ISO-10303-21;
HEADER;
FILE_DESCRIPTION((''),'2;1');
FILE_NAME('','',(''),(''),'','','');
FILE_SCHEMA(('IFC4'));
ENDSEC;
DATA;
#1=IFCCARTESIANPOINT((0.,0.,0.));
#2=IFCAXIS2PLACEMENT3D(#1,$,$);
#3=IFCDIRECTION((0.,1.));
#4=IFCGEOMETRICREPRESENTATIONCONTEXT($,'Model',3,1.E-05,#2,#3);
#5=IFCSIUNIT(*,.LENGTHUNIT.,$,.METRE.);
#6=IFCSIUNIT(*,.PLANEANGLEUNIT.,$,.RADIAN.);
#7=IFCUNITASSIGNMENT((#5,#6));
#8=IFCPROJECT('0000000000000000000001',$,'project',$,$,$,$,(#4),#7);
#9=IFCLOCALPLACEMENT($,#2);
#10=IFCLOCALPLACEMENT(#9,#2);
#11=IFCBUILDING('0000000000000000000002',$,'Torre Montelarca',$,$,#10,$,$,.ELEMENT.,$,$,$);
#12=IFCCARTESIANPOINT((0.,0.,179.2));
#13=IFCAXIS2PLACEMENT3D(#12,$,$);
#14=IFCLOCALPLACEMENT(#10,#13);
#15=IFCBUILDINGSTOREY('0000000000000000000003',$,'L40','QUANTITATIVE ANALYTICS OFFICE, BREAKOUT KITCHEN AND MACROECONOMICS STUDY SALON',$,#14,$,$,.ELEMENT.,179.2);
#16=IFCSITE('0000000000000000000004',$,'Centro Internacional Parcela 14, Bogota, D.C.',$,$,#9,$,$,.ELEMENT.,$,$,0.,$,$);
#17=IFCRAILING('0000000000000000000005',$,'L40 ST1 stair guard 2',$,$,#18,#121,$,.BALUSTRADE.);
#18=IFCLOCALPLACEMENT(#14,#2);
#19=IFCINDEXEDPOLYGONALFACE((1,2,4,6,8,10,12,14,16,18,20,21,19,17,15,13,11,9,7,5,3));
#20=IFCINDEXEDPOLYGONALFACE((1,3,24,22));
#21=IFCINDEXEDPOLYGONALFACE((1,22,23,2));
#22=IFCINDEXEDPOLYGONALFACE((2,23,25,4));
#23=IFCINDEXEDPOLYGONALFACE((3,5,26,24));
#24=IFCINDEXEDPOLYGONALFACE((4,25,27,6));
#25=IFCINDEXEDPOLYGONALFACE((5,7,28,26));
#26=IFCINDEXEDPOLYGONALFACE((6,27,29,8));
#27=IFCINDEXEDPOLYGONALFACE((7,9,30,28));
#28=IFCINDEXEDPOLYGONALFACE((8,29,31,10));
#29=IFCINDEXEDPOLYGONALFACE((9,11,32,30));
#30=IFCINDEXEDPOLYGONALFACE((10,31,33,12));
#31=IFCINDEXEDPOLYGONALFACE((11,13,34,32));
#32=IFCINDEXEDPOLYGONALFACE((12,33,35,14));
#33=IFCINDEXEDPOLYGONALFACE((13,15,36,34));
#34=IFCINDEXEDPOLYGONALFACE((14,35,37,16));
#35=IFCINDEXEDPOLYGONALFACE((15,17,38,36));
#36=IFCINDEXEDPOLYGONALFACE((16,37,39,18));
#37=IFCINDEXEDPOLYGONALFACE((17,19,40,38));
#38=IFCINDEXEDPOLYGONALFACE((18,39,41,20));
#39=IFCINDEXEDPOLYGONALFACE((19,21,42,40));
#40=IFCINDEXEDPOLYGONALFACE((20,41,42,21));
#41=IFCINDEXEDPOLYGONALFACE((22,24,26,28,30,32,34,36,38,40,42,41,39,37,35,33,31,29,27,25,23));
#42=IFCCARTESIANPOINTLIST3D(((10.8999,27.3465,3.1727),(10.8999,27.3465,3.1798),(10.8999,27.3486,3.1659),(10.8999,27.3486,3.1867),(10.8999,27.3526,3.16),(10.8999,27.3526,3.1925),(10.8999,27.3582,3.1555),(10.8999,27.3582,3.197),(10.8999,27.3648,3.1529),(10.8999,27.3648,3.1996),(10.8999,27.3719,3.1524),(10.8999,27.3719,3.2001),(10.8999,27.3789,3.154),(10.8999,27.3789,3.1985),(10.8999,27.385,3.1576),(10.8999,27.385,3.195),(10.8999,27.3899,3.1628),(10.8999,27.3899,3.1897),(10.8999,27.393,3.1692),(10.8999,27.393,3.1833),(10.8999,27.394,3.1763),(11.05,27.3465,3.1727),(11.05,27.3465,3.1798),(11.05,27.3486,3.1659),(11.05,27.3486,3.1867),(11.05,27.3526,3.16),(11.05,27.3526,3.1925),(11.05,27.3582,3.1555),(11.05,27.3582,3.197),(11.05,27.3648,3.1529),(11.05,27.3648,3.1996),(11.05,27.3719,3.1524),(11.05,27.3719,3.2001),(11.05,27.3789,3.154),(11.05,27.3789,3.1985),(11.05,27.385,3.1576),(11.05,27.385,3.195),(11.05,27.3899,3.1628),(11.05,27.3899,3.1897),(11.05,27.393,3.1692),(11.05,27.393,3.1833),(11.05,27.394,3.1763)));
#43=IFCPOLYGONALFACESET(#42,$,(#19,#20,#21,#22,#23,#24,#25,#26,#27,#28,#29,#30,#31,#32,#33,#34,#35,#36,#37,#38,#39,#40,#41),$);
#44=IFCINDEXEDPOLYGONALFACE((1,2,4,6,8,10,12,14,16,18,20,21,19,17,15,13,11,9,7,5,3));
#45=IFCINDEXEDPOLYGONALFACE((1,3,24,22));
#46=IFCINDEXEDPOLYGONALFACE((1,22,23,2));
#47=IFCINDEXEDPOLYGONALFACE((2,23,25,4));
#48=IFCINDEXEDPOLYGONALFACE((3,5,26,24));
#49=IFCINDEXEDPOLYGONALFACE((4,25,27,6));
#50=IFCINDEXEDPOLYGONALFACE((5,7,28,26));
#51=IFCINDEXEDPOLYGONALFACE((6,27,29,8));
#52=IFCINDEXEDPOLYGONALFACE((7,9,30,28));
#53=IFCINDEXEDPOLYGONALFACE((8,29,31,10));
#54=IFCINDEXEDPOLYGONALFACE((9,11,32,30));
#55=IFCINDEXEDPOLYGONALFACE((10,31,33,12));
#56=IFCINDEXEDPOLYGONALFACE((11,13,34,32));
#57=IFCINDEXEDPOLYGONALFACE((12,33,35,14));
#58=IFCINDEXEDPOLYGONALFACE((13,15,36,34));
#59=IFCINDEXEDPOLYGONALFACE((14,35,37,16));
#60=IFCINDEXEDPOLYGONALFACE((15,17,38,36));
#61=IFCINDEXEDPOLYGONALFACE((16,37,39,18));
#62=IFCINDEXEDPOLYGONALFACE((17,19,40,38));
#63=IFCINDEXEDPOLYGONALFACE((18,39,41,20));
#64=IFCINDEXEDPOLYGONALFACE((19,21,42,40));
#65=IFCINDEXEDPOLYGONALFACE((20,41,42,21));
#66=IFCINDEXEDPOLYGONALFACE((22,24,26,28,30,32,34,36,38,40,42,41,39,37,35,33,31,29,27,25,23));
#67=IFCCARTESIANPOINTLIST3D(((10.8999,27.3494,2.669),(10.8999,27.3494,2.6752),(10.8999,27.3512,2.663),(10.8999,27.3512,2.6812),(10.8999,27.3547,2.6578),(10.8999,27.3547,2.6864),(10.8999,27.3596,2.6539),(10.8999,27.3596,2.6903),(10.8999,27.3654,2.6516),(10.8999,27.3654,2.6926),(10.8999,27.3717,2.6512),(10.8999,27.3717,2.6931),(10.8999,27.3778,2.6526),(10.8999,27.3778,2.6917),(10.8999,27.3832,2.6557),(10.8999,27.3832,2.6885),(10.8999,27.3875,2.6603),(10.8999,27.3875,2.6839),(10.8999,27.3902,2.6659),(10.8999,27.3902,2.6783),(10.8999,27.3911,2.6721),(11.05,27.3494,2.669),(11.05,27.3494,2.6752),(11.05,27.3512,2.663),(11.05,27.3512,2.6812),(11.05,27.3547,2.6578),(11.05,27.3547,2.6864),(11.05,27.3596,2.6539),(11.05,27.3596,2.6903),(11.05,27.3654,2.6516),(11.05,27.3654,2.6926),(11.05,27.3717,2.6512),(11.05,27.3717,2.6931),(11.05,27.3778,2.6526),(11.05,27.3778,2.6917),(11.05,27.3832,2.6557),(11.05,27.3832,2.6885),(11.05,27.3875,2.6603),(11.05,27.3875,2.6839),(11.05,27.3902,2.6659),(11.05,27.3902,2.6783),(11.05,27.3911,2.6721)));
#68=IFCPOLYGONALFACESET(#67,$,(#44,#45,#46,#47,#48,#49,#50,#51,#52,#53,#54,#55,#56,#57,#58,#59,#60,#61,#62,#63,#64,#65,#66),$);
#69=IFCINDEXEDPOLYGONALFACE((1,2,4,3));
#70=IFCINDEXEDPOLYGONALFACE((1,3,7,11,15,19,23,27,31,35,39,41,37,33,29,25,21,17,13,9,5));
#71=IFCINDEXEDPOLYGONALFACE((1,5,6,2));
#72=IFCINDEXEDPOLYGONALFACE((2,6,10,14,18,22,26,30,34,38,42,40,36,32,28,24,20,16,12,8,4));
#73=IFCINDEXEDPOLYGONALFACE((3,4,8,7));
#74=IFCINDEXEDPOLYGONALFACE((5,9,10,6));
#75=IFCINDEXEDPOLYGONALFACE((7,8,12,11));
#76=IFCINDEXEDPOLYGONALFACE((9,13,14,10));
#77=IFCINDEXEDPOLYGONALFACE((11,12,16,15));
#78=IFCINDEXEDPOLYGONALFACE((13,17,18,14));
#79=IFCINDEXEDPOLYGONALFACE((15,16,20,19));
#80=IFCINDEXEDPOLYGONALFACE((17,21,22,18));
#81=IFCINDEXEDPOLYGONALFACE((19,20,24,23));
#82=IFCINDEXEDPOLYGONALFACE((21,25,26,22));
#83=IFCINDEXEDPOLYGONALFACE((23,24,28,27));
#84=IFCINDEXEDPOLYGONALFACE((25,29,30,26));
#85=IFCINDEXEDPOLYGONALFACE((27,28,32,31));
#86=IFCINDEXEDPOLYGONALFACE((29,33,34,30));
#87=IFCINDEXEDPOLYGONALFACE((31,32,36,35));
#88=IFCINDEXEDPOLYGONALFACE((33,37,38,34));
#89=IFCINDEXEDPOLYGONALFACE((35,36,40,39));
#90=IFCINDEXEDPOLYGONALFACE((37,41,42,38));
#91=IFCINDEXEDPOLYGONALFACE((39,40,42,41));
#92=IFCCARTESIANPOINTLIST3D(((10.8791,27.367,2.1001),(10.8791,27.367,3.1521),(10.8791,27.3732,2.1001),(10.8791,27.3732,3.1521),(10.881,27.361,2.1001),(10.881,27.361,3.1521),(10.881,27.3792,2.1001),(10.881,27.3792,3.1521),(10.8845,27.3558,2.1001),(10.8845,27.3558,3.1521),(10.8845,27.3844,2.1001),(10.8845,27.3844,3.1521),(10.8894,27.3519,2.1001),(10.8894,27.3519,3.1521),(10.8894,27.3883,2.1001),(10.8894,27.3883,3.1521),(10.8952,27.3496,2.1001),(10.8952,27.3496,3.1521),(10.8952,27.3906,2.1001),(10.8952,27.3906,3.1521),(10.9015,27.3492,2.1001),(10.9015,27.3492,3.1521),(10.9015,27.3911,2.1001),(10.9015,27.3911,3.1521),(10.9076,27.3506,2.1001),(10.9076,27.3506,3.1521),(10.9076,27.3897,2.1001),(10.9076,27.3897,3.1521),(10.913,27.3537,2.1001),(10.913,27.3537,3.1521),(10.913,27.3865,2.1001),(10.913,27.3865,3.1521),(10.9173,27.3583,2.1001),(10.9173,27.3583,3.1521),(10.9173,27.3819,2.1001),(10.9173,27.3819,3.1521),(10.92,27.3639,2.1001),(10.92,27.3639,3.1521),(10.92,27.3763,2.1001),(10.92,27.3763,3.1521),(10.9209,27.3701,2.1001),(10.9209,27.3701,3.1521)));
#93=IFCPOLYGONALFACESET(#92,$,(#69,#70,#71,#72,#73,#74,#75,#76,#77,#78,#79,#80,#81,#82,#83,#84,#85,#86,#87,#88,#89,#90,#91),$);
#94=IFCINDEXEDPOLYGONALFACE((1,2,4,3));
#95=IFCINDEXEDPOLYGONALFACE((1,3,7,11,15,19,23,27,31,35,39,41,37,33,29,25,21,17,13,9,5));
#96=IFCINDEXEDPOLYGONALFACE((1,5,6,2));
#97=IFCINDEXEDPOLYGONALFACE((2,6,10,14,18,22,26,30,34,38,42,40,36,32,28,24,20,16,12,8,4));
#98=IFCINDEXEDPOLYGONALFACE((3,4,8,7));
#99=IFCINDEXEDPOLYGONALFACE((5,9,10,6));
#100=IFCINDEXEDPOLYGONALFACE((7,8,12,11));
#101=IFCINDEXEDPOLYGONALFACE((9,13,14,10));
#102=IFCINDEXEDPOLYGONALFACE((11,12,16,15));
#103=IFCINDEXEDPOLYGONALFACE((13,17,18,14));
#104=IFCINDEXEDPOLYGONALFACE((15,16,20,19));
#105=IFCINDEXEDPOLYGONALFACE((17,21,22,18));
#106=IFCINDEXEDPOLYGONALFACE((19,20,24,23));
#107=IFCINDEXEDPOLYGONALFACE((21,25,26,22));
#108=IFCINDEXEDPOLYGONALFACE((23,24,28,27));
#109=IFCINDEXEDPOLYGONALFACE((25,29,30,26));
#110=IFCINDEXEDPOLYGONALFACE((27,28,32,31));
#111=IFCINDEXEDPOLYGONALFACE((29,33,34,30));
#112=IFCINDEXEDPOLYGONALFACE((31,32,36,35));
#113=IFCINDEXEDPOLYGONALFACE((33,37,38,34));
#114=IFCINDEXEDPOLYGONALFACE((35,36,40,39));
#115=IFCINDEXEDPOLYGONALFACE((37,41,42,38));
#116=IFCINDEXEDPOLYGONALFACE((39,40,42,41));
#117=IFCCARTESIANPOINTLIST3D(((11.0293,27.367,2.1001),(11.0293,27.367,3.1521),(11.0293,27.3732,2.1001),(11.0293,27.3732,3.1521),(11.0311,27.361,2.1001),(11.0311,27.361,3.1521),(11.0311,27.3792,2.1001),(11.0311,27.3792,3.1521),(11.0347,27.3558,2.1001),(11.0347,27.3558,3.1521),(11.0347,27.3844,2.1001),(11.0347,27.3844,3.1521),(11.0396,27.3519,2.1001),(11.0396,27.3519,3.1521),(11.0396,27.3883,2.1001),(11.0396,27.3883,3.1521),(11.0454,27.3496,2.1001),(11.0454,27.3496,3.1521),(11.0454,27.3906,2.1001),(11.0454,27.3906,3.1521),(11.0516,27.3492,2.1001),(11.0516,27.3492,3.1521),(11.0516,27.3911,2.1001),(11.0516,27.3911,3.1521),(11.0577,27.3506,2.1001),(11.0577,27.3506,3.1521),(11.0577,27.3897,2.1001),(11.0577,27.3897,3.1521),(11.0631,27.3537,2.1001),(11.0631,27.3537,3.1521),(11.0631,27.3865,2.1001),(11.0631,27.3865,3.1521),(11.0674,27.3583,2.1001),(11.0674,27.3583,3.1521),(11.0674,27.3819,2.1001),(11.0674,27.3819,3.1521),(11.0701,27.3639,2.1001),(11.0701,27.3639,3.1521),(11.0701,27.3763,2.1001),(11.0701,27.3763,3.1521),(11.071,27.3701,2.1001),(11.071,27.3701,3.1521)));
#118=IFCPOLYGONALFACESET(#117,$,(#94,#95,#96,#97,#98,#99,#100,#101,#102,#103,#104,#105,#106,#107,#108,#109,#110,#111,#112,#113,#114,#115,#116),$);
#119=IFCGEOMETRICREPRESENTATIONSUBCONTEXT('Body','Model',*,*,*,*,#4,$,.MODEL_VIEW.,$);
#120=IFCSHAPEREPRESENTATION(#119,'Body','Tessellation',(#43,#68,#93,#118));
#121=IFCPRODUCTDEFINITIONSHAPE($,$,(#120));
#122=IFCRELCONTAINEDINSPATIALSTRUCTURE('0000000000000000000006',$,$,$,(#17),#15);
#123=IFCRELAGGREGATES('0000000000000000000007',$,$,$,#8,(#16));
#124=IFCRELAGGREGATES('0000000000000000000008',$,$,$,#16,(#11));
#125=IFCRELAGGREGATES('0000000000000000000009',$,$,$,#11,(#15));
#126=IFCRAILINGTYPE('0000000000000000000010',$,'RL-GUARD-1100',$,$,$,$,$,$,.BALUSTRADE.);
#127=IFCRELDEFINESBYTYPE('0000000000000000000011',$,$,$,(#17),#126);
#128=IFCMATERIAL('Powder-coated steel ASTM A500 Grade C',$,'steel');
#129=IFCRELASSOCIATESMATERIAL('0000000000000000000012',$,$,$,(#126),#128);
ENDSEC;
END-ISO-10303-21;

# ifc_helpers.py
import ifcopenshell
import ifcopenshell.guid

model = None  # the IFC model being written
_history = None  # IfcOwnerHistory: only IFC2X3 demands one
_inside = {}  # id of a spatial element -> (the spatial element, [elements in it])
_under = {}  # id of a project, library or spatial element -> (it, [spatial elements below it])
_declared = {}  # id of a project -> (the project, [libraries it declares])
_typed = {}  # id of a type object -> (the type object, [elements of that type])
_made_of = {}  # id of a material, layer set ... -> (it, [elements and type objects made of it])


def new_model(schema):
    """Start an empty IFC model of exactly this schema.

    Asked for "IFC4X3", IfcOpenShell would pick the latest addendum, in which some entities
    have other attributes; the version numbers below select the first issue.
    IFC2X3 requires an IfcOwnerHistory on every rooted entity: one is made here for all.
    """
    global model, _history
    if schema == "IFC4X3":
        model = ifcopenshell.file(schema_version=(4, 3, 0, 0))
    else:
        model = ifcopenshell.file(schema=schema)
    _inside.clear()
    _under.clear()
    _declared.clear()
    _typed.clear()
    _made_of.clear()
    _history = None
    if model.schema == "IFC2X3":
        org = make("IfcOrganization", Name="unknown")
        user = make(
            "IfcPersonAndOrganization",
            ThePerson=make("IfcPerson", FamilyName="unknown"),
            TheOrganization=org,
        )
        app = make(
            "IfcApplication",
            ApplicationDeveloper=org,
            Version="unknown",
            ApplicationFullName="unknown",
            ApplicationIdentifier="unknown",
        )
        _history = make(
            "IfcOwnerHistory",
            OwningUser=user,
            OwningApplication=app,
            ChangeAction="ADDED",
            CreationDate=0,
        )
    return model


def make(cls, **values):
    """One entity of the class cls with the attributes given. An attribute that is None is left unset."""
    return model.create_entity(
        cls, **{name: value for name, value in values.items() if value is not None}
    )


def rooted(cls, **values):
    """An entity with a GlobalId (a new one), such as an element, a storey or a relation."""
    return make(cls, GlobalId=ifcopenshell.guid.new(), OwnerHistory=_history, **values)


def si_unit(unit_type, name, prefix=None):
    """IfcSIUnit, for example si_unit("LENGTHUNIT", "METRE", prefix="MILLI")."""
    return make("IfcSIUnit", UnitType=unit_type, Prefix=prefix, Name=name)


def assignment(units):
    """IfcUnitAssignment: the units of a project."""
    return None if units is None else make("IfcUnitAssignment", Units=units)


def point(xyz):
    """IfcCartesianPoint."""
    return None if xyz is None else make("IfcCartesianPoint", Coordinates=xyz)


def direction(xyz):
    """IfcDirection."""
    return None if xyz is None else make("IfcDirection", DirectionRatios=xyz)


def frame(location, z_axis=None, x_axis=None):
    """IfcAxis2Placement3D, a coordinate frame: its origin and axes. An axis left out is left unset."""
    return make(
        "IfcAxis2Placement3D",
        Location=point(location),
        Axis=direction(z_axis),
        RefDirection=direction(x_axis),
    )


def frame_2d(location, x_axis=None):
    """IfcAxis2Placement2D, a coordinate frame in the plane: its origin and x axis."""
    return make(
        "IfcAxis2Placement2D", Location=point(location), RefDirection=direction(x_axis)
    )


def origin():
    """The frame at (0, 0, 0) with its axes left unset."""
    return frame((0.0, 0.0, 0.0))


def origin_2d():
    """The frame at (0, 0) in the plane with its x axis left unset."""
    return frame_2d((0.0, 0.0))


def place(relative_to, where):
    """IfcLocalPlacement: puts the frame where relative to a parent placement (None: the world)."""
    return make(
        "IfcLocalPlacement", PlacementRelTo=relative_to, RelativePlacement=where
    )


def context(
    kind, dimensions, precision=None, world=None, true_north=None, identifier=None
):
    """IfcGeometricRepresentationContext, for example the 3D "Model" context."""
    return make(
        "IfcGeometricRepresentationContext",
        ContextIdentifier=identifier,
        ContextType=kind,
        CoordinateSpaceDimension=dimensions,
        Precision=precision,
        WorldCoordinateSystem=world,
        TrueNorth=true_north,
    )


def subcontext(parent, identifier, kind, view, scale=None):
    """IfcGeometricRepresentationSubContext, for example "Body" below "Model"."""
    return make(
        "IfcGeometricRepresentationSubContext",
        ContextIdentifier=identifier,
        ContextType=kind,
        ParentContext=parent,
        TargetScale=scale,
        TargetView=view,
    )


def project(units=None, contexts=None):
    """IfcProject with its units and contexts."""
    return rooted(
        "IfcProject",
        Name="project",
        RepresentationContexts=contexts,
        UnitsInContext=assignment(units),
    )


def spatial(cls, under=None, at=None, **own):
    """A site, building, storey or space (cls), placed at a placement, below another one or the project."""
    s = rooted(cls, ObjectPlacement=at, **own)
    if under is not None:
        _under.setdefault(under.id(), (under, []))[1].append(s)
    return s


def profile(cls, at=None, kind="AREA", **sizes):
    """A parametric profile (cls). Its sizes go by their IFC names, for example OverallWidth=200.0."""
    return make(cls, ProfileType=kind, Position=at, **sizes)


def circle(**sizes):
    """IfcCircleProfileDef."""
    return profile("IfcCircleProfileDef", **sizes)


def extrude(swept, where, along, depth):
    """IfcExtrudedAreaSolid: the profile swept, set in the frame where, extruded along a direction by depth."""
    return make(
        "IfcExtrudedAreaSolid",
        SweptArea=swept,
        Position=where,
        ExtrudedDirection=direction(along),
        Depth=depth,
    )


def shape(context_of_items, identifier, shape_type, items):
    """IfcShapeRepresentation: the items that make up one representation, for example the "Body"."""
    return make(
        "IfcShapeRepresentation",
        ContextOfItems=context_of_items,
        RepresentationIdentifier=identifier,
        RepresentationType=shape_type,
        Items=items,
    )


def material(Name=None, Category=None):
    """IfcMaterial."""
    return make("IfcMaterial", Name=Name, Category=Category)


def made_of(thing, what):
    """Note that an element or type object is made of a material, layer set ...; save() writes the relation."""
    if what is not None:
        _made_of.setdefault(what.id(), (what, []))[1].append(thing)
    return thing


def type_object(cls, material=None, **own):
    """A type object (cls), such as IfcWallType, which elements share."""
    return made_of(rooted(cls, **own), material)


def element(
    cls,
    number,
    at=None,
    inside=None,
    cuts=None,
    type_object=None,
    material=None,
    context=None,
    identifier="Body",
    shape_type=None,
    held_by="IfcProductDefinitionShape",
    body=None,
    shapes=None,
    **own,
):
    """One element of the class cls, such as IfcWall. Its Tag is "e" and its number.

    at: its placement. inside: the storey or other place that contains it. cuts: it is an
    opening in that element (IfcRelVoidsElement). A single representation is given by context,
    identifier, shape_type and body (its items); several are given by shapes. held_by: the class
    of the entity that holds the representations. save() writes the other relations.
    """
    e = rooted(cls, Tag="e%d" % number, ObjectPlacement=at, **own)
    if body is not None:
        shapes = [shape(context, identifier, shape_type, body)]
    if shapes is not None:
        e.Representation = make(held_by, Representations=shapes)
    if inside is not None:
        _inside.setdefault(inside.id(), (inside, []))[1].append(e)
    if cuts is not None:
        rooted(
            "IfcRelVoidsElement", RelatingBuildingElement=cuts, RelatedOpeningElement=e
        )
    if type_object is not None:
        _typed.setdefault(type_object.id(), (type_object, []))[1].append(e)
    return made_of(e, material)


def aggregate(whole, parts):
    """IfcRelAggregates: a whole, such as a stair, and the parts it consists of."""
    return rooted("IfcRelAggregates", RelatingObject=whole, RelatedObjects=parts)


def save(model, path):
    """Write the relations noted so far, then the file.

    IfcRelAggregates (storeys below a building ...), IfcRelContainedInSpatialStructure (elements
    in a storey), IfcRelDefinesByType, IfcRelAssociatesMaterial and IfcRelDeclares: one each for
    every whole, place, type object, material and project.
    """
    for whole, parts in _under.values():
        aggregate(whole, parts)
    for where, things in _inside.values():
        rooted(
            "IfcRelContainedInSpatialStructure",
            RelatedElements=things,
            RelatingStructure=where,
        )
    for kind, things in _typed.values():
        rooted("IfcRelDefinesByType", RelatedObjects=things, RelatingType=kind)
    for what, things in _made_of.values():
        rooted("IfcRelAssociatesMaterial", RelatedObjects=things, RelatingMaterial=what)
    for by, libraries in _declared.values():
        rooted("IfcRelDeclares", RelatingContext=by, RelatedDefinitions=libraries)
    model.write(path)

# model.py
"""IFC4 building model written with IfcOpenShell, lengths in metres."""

from ifc_helpers import new_model, si_unit, direction, frame, origin, origin_2d, place, context, subcontext, project, spatial, circle, extrude, material, type_object, element, save


model = new_model("IFC4")

# Units and contexts
model_context = context("Model", 3, precision=1e-05, world=origin(), true_north=direction((0.0, 1.0)))
body_context = subcontext(model_context, "Body", "Model", "MODEL_VIEW")
ifc_project = project(units=[si_unit("LENGTHUNIT", "METRE"), si_unit("PLANEANGLEUNIT", "RADIAN")], contexts=[model_context])

# Site, building, storey
site_placement = place(None, origin())
site = spatial("IfcSite", under=ifc_project, at=site_placement, Name="Centro Internacional Parcela 14, Bogota, D.C.", CompositionType="ELEMENT", RefElevation=0.0)
building_placement = place(site_placement, origin())
building = spatial("IfcBuilding", under=site, at=building_placement, Name="Torre Montelarca", CompositionType="ELEMENT")
storey_placement = place(building_placement, frame((0.0, 0.0, 179.2)))
storey = spatial("IfcBuildingStorey", under=building, at=storey_placement, Name="L40", Description="QUANTITATIVE ANALYTICS OFFICE, BREAKOUT KITCHEN AND MACROECONOMICS STUDY SALON", CompositionType="ELEMENT", Elevation=179.2)

# Railing
ifc_material_1 = material(Name="Powder-coated steel ASTM A500 Grade C", Category="steel")
railing_type_1 = type_object("IfcRailingType", Name="RL-GUARD-1100", PredefinedType="BALUSTRADE", material=ifc_material_1)
railing_1_placement = place(storey_placement, frame((10.8999, 27.3701, 2.1001)))
element("IfcRailing", 1, at=railing_1_placement, inside=storey, type_object=railing_type_1, Name="L40 ST1 stair guard 2", PredefinedType="BALUSTRADE", context=body_context, shape_type="SweptSolid", body=[
    extrude(circle(Radius=0.0239, at=origin_2d()), frame((0.0, 0.0, 1.0762), z_axis=(1.0, 0.0, 0.0), x_axis=(0.0, 1.0, 0.0)), (0.0, 0.0, 1.0), 0.1501),
    extrude(circle(Radius=0.021, at=origin_2d()), frame((0.0, 0.0, 0.572), z_axis=(1.0, 0.0, 0.0), x_axis=(0.0, 1.0, 0.0)), (0.0, 0.0, 1.0), 0.1501),
    extrude(circle(Radius=0.021, at=origin_2d()), origin(), (0.0, 0.0, 1.0), 1.052),
    extrude(circle(Radius=0.021, at=origin_2d()), frame((0.1501, 0.0, 0.0)), (0.0, 0.0, 1.0), 1.052),
])

save(model, "model.ifc")
